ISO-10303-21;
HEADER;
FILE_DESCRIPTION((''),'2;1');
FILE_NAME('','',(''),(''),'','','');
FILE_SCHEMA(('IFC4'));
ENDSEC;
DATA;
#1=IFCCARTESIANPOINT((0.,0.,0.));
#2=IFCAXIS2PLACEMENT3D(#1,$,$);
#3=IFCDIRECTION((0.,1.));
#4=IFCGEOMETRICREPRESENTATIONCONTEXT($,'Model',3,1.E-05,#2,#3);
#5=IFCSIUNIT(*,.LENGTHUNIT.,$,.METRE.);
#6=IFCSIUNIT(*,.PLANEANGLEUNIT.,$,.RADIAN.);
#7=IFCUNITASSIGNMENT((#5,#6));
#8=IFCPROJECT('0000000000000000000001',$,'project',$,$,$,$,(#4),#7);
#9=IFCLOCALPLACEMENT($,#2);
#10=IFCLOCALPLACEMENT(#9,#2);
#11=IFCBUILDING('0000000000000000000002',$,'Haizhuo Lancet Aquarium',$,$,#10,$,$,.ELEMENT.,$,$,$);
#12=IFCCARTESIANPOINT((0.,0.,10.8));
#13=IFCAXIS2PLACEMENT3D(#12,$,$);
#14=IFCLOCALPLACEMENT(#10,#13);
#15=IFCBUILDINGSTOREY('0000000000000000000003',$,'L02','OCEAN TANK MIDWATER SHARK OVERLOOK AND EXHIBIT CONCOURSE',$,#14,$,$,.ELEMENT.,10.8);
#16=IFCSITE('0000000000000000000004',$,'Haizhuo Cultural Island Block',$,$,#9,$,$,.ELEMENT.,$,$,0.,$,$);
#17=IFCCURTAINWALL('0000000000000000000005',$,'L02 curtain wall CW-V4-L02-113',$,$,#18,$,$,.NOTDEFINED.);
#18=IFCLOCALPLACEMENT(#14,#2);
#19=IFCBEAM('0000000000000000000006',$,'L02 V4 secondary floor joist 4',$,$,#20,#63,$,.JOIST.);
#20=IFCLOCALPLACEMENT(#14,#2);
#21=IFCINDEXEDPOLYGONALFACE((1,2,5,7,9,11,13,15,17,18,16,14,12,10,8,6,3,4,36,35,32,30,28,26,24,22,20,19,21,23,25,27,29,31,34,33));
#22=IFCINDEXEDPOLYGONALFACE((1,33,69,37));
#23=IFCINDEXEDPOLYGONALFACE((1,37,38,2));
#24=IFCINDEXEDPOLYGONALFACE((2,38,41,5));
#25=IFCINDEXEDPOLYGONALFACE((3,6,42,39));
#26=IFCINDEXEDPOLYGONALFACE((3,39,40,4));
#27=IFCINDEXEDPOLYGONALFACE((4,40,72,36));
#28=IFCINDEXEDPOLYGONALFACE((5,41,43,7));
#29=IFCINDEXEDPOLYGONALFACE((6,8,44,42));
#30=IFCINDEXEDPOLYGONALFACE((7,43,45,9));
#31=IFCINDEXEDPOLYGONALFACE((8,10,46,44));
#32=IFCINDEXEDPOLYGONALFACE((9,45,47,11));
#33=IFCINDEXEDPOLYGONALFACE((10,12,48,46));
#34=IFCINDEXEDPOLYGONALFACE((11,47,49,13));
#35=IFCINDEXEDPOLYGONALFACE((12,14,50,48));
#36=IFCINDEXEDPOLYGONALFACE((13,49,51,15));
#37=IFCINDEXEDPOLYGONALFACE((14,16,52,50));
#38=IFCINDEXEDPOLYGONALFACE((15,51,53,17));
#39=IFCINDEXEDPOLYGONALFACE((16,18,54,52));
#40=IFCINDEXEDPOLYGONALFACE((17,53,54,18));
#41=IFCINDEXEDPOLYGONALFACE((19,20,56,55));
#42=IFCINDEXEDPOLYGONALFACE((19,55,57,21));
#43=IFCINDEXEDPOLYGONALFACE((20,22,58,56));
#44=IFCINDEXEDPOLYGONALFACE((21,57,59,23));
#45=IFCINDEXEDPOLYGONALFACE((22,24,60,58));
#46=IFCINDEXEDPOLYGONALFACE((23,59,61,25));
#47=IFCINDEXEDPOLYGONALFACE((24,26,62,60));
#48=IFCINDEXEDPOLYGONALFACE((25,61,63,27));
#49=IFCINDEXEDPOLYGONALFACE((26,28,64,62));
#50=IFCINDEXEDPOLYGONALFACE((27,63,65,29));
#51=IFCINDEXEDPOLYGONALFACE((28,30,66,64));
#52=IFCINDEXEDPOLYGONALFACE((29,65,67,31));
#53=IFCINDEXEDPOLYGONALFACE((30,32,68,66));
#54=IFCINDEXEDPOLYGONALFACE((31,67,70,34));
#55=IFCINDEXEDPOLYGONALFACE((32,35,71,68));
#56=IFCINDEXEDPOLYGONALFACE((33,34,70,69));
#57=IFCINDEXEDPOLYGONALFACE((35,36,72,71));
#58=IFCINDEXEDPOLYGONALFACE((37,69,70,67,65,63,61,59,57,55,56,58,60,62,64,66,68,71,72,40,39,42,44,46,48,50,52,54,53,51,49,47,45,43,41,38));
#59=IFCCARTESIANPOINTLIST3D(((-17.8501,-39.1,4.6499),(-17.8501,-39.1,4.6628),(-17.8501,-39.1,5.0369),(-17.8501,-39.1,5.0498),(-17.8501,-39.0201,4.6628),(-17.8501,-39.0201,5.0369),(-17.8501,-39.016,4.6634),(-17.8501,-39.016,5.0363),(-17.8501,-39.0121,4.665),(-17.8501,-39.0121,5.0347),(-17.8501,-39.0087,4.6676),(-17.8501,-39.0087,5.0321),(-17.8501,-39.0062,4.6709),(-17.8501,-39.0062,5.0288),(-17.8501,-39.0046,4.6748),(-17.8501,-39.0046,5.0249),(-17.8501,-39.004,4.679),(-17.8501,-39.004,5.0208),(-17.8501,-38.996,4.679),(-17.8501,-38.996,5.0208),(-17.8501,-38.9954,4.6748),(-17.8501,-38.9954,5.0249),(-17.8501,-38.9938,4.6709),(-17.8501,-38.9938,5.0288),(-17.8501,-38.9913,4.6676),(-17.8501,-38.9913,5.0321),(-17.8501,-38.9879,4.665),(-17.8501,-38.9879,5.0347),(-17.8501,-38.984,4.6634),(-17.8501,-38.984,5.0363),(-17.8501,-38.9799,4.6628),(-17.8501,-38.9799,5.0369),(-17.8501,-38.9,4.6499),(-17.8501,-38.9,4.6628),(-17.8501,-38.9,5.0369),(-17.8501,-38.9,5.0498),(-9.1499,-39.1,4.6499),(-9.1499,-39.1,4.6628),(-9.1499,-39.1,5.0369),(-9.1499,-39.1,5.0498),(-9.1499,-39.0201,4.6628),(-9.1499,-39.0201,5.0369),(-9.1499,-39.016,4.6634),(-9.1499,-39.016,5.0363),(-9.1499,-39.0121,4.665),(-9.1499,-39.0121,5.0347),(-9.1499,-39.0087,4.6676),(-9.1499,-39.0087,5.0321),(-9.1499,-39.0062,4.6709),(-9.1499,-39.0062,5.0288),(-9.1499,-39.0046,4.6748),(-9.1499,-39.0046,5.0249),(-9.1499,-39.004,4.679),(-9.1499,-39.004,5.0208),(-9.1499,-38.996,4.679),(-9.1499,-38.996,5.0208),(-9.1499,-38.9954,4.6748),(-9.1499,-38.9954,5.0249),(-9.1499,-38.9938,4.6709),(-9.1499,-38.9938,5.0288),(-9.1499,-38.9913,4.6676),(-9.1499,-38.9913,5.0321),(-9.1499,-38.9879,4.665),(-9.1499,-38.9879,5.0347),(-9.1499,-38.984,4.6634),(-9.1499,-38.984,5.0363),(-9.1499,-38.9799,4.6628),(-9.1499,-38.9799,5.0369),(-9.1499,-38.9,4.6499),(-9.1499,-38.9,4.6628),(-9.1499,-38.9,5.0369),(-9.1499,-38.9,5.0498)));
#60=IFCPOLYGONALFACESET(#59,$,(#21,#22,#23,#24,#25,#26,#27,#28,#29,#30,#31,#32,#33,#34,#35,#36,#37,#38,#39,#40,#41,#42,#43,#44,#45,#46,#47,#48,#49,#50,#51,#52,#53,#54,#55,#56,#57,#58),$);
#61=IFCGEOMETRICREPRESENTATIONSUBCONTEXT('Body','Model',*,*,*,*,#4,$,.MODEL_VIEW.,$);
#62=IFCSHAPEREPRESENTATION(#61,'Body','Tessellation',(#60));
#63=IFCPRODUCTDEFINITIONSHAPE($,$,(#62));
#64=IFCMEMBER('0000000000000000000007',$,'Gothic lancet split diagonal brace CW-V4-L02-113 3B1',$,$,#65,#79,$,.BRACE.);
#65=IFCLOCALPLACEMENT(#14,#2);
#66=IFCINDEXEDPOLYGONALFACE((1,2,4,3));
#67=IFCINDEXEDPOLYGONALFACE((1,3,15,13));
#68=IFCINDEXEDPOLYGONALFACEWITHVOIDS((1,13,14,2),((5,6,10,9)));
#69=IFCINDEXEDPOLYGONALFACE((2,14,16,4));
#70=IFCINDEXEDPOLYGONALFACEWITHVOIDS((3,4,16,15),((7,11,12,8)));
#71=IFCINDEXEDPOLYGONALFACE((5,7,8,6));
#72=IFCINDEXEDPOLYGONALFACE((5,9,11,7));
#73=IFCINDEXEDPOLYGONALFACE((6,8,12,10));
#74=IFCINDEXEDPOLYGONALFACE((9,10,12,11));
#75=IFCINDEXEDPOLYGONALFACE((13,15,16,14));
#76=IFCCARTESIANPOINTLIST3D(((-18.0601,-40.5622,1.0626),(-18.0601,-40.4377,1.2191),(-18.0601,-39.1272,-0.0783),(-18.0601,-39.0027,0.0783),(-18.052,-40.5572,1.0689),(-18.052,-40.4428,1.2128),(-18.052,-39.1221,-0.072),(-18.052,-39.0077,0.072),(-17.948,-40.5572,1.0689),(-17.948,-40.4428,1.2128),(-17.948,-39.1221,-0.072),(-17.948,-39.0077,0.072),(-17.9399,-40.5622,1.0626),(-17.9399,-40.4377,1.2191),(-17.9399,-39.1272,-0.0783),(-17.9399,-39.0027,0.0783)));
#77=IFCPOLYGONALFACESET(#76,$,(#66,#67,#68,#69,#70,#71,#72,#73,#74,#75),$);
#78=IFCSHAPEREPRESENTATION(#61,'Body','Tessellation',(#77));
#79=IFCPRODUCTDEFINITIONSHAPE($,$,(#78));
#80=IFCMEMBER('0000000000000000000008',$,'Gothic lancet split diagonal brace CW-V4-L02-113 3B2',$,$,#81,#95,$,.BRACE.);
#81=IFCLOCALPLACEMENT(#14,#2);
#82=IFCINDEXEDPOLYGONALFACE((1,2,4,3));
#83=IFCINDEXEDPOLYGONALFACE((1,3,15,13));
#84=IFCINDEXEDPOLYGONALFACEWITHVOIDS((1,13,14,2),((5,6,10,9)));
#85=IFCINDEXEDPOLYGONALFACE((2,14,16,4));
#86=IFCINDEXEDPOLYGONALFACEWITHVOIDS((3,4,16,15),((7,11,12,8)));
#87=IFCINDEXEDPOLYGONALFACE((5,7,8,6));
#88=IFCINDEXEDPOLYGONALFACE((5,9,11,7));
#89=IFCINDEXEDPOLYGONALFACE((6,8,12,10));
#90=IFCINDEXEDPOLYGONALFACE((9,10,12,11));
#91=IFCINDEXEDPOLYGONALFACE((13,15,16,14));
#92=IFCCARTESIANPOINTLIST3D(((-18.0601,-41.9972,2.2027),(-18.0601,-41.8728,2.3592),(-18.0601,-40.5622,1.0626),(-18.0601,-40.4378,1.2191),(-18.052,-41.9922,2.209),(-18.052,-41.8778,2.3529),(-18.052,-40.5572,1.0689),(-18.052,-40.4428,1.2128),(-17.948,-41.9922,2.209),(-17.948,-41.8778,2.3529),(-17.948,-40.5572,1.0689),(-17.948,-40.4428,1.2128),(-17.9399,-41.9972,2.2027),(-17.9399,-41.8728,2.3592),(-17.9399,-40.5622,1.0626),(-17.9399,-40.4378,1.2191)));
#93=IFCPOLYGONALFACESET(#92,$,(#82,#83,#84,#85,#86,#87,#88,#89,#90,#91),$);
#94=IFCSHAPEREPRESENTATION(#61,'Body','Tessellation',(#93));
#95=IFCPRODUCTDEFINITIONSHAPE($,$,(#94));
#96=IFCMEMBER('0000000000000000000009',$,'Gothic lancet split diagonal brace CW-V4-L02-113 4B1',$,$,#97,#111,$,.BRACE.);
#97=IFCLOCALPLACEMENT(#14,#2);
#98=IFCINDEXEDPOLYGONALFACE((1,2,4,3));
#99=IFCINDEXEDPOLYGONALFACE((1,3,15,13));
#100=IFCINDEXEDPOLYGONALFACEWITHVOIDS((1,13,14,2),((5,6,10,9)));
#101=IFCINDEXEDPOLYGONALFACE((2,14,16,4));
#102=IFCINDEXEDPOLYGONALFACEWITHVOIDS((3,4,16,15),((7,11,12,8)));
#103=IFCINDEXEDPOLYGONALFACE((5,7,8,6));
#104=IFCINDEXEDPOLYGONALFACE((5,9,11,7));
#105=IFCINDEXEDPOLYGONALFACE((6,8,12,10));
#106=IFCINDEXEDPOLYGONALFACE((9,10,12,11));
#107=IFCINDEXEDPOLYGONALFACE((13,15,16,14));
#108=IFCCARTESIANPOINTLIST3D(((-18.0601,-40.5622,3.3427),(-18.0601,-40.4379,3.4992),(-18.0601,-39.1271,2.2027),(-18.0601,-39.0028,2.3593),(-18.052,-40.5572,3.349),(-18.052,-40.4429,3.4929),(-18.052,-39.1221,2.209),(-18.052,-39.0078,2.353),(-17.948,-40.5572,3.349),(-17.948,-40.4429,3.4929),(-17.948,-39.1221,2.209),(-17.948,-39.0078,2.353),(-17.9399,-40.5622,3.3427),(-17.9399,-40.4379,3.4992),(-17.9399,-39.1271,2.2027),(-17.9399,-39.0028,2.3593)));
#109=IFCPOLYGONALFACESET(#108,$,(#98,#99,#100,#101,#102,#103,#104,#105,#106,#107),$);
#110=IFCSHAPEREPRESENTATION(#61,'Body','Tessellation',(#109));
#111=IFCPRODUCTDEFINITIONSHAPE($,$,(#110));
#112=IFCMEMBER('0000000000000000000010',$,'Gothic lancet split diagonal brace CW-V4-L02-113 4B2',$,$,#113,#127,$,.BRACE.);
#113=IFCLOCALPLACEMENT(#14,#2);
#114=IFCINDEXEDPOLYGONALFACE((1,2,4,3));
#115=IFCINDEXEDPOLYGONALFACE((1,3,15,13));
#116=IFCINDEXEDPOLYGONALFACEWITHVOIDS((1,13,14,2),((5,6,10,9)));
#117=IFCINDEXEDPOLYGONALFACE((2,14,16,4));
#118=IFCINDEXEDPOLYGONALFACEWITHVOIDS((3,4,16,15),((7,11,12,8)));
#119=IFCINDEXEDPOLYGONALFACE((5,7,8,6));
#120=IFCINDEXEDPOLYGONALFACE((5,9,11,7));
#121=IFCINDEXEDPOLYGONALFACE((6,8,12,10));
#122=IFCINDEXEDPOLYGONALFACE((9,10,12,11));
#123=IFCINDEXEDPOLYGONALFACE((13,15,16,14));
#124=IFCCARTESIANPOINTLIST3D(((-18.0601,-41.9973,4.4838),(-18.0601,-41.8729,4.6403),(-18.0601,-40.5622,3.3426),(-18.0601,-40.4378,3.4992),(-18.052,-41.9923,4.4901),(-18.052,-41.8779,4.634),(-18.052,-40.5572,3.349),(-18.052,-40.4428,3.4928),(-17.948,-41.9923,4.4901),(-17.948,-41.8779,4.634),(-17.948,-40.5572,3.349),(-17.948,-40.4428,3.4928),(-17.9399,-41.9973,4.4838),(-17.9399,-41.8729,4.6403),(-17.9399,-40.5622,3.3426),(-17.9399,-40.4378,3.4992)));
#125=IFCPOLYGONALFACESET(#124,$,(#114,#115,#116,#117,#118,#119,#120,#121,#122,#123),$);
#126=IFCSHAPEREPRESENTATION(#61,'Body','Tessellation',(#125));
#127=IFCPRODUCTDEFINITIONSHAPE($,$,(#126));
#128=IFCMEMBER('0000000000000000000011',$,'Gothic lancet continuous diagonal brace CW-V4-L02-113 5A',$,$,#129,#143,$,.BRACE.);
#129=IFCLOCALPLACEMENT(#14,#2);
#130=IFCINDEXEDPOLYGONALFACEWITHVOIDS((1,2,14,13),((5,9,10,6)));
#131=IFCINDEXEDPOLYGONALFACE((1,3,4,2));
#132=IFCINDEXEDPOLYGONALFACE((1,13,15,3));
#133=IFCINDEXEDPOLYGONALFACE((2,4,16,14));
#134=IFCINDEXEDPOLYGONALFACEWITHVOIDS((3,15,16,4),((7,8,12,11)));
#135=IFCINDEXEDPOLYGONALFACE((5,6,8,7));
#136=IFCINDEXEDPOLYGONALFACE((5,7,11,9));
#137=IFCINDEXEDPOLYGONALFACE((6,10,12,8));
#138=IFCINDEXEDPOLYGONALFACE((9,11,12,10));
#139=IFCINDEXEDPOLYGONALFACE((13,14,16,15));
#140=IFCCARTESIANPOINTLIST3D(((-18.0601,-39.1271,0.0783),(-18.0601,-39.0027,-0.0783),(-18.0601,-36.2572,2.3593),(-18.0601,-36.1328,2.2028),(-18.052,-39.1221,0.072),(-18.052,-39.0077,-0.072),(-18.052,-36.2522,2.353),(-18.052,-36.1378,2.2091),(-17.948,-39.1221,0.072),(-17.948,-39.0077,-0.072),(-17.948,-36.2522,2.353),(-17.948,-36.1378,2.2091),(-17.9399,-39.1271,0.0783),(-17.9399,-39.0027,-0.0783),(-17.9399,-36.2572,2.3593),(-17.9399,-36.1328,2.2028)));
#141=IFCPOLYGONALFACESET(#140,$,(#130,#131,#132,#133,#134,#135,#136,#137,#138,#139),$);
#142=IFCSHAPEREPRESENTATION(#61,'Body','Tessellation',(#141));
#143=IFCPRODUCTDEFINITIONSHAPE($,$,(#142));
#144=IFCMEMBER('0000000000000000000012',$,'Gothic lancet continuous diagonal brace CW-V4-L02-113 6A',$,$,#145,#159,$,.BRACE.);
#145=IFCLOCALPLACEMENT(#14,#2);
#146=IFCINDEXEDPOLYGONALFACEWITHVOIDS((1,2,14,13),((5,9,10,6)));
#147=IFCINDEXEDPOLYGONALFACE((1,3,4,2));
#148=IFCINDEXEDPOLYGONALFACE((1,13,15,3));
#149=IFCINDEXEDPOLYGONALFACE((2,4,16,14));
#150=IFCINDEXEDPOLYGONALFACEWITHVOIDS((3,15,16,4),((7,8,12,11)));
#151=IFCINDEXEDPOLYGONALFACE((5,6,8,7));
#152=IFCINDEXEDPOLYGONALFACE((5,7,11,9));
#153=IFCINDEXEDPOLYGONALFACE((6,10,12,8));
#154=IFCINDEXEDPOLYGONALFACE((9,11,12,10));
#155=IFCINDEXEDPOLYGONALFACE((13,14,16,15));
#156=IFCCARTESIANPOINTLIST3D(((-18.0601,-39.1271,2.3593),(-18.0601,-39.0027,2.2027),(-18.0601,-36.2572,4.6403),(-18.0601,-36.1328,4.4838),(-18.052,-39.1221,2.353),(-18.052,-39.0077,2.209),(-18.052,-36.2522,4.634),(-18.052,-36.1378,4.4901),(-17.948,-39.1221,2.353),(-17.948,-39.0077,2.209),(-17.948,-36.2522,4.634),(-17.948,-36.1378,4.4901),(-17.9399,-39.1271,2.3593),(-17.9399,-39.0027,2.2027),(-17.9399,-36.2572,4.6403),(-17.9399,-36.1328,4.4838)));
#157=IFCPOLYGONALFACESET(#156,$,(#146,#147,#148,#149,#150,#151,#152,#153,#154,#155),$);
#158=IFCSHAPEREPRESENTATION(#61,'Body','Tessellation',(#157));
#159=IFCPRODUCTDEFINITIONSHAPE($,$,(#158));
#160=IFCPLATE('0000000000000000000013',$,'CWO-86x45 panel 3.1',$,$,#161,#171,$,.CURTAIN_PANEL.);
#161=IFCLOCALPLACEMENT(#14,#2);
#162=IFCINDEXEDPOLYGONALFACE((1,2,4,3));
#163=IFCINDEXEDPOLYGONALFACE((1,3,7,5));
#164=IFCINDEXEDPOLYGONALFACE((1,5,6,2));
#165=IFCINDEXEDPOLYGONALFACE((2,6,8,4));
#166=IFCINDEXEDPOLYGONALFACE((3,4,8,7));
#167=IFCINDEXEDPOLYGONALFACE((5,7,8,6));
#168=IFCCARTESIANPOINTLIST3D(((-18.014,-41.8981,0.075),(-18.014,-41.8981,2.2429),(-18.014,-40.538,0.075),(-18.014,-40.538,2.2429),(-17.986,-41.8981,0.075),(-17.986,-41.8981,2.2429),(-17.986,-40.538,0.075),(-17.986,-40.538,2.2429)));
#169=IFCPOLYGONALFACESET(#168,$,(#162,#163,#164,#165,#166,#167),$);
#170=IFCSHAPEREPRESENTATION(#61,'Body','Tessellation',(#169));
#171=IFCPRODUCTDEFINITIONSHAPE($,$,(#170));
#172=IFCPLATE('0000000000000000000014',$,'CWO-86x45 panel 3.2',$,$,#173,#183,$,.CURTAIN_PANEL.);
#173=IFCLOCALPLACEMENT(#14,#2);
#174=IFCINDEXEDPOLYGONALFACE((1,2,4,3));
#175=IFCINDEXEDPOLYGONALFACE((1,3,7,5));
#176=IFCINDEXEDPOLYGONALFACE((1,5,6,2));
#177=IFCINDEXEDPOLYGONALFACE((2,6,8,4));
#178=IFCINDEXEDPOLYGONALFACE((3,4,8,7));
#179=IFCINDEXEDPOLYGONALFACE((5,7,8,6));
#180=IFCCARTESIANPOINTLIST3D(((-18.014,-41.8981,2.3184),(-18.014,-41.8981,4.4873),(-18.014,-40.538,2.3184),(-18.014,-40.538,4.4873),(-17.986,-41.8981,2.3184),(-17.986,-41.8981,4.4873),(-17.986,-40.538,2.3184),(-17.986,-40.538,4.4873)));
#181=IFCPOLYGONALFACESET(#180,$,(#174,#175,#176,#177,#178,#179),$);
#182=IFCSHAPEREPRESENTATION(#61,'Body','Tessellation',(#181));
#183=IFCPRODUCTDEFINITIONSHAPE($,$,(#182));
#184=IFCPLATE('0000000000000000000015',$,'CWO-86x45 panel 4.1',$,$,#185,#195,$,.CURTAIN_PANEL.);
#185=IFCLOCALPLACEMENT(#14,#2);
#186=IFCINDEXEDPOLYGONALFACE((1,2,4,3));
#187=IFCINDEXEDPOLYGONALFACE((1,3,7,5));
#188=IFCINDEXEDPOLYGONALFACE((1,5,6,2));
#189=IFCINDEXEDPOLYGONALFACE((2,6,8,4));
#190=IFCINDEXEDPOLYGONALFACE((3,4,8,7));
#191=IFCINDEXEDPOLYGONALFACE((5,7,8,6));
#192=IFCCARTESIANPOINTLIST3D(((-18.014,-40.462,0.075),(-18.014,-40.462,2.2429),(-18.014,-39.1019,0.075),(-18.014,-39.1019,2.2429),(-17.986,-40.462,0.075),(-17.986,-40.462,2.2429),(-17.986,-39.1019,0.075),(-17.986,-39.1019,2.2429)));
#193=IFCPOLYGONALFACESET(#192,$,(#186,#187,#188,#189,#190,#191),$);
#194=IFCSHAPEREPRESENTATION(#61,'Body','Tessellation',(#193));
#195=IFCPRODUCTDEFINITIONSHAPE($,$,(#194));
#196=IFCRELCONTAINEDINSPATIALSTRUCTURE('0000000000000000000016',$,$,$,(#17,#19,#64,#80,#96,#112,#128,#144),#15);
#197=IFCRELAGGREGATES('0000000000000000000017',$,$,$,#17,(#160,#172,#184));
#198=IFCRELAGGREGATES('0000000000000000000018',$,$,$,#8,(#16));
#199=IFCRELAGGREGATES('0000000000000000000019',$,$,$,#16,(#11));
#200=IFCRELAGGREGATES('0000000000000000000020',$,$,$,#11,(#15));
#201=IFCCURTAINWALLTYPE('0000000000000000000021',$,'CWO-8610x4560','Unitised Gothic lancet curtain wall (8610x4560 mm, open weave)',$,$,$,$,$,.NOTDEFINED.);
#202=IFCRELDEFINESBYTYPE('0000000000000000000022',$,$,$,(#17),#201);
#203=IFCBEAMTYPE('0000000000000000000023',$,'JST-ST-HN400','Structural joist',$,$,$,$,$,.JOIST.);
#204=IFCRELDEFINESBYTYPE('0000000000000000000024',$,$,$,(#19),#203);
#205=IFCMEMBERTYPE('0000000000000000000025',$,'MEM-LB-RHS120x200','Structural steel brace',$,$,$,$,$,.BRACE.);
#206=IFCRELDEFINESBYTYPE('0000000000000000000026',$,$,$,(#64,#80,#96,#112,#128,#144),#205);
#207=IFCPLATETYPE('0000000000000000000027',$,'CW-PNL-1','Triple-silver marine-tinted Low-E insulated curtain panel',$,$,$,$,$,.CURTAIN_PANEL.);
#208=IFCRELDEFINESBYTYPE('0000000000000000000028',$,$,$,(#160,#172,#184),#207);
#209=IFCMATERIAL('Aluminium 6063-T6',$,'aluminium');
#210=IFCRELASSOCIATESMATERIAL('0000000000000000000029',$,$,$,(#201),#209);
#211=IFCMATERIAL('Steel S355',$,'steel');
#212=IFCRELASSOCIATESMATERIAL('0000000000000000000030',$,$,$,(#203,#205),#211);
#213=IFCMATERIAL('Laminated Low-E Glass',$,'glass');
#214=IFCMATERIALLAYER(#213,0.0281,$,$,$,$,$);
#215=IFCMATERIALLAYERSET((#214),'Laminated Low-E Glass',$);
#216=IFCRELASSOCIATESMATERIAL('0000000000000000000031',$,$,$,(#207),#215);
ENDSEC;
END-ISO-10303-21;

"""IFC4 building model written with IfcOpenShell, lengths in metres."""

from ifc_helpers import new_model, si_unit, direction, frame, origin, origin_2d, place, context, subcontext, project, spatial, rectangle, hollow_rectangle, i_section, extrude, material, layer, layer_set, material_profile, profile_set, type_object, element, aggregate, save


model = new_model("IFC4")

# Units and contexts
model_context = context("Model", 3, precision=1e-05, world=origin(), true_north=direction((0.0, 1.0)))
body_context = subcontext(model_context, "Body", "Model", "MODEL_VIEW")
ifc_project = project(units=[si_unit("LENGTHUNIT", "METRE"), si_unit("PLANEANGLEUNIT", "RADIAN")], contexts=[model_context])

# Site, building, storey
site_placement = place(None, origin())
site = spatial("IfcSite", under=ifc_project, at=site_placement, Name="Haizhuo Cultural Island Block", CompositionType="ELEMENT", RefElevation=0.0)
building_placement = place(site_placement, origin())
building = spatial("IfcBuilding", under=site, at=building_placement, Name="Haizhuo Lancet Aquarium", CompositionType="ELEMENT")
storey_placement = place(building_placement, frame((0.0, 0.0, 10.8)))
storey = spatial("IfcBuildingStorey", under=building, at=storey_placement, Name="L02", Description="OCEAN TANK MIDWATER SHARK OVERLOOK AND EXHIBIT CONCOURSE", CompositionType="ELEMENT", Elevation=10.8)

# Curtain wall
ifc_material_1 = material(Name="Aluminium 6063-T6", Category="aluminium")
curtain_wall_type = type_object("IfcCurtainWallType", Name="CWO-8610x4560", Description="Unitised Gothic lancet curtain wall (8610x4560 mm, open weave)", PredefinedType="NOTDEFINED", material=ifc_material_1)
curtain_wall_placement = place(storey_placement, origin())
curtain_wall = element("IfcCurtainWall", 1, at=curtain_wall_placement, inside=storey, type_object=curtain_wall_type, Name="L02 curtain wall CW-V4-L02-113", PredefinedType="NOTDEFINED")

# Beam
ifc_material_2 = material(Name="Steel S355", Category="steel")
ifc_material_profile_1 = material_profile(ifc_material_2, i_section(OverallWidth=0.2, OverallDepth=0.3999, WebThickness=0.0081, FlangeThickness=0.0129, FilletRadius=0.0161, at=origin_2d()), Name="HN 400x200x8x13")
ifc_profile_set_1 = profile_set([ifc_material_profile_1], Name="Steel S355")
beam_type = type_object("IfcBeamType", Name="JST-ST-HN400", Description="Structural joist", PredefinedType="JOIST", material=ifc_profile_set_1)
beam_placement = place(storey_placement, frame((-17.8501, -39.0, 4.8499), z_axis=(1.0, 0.0, 0.0), x_axis=(0.0, 1.0, 0.0)))
element("IfcBeam", 2, at=beam_placement, inside=storey, type_object=beam_type, Name="L02 V4 secondary floor joist 4", PredefinedType="JOIST", context=body_context, shape_type="SweptSolid", body=[
    extrude(i_section(OverallWidth=0.2, OverallDepth=0.3999, WebThickness=0.0081, FlangeThickness=0.0129, FilletRadius=0.0161, at=origin_2d()), origin(), (0.0, 0.0, 1.0), 8.7002),
])

# Members
ifc_material_profile_2 = material_profile(ifc_material_2, hollow_rectangle(XDim=0.1201, YDim=0.2, WallThickness=0.0081, at=origin_2d()), Name="RHS 120x200x8")
ifc_profile_set_2 = profile_set([ifc_material_profile_2], Name="Steel S355")
member_type_1 = type_object("IfcMemberType", Name="MEM-LB-RHS120x200", Description="Structural steel brace", PredefinedType="BRACE", material=ifc_profile_set_2)
member_1_placement = place(storey_placement, frame((-18.0, -39.0649, 0.0), z_axis=(0.0, -0.782775, 0.622305), x_axis=(1.0, 0.0, 0.0)))
element("IfcMember", 3, at=member_1_placement, inside=storey, type_object=member_type_1, Name="Gothic lancet split diagonal brace CW-V4-L02-113 3B1", PredefinedType="BRACE", context=body_context, shape_type="SweptSolid", body=[
    extrude(hollow_rectangle(XDim=0.1201, YDim=0.2, WallThickness=0.0081, at=origin_2d()), origin(), (0.0, 0.0, 1.0), 1.8333),
])
for number, where, z_axis, x_axis, name in (
    (4, (-18.0, -40.5, 1.1409), (0.0, -0.78297, 0.62206), (1.0, 0.0, 0.0), "Gothic lancet split diagonal brace CW-V4-L02-113 3B2"),
    (5, (-18.0, -39.0649, 2.281), (0.0, -0.783035, 0.621978), (1.0, 0.0, 0.0), "Gothic lancet split diagonal brace CW-V4-L02-113 4B1"),
):
    element("IfcMember", number, at=place(storey_placement, frame(where, z_axis=z_axis, x_axis=x_axis)), inside=storey, type_object=member_type_1, Name=name, PredefinedType="BRACE", context=body_context, shape_type="SweptSolid", body=[
        extrude(hollow_rectangle(XDim=0.1201, YDim=0.2, WallThickness=0.0081, at=origin_2d()), origin(), (0.0, 0.0, 1.0), 1.8328),
    ])
member_2_placement = place(storey_placement, frame((-18.0, -40.5, 3.4209), z_axis=(0.0, -0.78271, 0.622386), x_axis=(1.0, 0.0, 0.0)))
element("IfcMember", 6, at=member_2_placement, inside=storey, type_object=member_type_1, Name="Gothic lancet split diagonal brace CW-V4-L02-113 4B2", PredefinedType="BRACE", context=body_context, shape_type="SweptSolid", body=[
    extrude(hollow_rectangle(XDim=0.1201, YDim=0.2, WallThickness=0.0081, at=origin_2d()), origin(), (0.0, 0.0, 1.0), 1.8335),
])
for number, where, z_axis, x_axis, name in (
    (7, (-18.0, -39.0649, 0.0), (0.0, 0.782847, 0.622215), (-1.0, 0.0, 0.0), "Gothic lancet continuous diagonal brace CW-V4-L02-113 5A"),
    (8, (-18.0, -39.0649, 2.281), (0.0, 0.782847, 0.622215), (-1.0, 0.0, 0.0), "Gothic lancet continuous diagonal brace CW-V4-L02-113 6A"),
):
    element("IfcMember", number, at=place(storey_placement, frame(where, z_axis=z_axis, x_axis=x_axis)), inside=storey, type_object=member_type_1, Name=name, PredefinedType="BRACE", context=body_context, shape_type="SweptSolid", body=[
        extrude(hollow_rectangle(XDim=0.1201, YDim=0.2, WallThickness=0.0081, at=origin_2d()), origin(), (0.0, 0.0, 1.0), 3.666),
    ])

# Plates
ifc_material_3 = material(Name="Laminated Low-E Glass", Category="glass")
ifc_layer = layer(ifc_material_3, 0.0281)
ifc_layer_set = layer_set([ifc_layer], Name="Laminated Low-E Glass")
plate_type = type_object("IfcPlateType", Name="CW-PNL-1", Description="Triple-silver marine-tinted Low-E insulated curtain panel", PredefinedType="CURTAIN_PANEL", material=ifc_layer_set)
plate_1_placement = place(storey_placement, frame((-18.0, -41.218, 0.075), z_axis=(0.0, 0.0, 1.0), x_axis=(0.0, 1.0, 0.0)))
plate_1 = element("IfcPlate", 9, at=plate_1_placement, type_object=plate_type, Name="CWO-86x45 panel 3.1", PredefinedType="CURTAIN_PANEL", context=body_context, shape_type="SweptSolid", body=[
    extrude(rectangle(XDim=1.3601, YDim=0.0281, at=origin_2d()), origin(), (0.0, 0.0, 1.0), 2.168),
])
plate_2_placement = place(storey_placement, frame((-18.0, -41.218, 2.3184), z_axis=(0.0, 0.0, 1.0), x_axis=(0.0, 1.0, 0.0)))
plate_2 = element("IfcPlate", 10, at=plate_2_placement, type_object=plate_type, Name="CWO-86x45 panel 3.2", PredefinedType="CURTAIN_PANEL", context=body_context, shape_type="SweptSolid", body=[
    extrude(rectangle(XDim=1.3601, YDim=0.0281, at=origin_2d()), origin(), (0.0, 0.0, 1.0), 2.1689),
])
plate_3_placement = place(storey_placement, frame((-18.0, -39.782, 0.075), z_axis=(0.0, 0.0, 1.0), x_axis=(0.0, 1.0, 0.0)))
plate_3 = element("IfcPlate", 11, at=plate_3_placement, type_object=plate_type, Name="CWO-86x45 panel 4.1", PredefinedType="CURTAIN_PANEL", context=body_context, shape_type="SweptSolid", body=[
    extrude(rectangle(XDim=1.3601, YDim=0.0281, at=origin_2d()), origin(), (0.0, 0.0, 1.0), 2.168),
])
aggregate(curtain_wall, [plate_1, plate_2, plate_3])

save(model, "model.ifc")
